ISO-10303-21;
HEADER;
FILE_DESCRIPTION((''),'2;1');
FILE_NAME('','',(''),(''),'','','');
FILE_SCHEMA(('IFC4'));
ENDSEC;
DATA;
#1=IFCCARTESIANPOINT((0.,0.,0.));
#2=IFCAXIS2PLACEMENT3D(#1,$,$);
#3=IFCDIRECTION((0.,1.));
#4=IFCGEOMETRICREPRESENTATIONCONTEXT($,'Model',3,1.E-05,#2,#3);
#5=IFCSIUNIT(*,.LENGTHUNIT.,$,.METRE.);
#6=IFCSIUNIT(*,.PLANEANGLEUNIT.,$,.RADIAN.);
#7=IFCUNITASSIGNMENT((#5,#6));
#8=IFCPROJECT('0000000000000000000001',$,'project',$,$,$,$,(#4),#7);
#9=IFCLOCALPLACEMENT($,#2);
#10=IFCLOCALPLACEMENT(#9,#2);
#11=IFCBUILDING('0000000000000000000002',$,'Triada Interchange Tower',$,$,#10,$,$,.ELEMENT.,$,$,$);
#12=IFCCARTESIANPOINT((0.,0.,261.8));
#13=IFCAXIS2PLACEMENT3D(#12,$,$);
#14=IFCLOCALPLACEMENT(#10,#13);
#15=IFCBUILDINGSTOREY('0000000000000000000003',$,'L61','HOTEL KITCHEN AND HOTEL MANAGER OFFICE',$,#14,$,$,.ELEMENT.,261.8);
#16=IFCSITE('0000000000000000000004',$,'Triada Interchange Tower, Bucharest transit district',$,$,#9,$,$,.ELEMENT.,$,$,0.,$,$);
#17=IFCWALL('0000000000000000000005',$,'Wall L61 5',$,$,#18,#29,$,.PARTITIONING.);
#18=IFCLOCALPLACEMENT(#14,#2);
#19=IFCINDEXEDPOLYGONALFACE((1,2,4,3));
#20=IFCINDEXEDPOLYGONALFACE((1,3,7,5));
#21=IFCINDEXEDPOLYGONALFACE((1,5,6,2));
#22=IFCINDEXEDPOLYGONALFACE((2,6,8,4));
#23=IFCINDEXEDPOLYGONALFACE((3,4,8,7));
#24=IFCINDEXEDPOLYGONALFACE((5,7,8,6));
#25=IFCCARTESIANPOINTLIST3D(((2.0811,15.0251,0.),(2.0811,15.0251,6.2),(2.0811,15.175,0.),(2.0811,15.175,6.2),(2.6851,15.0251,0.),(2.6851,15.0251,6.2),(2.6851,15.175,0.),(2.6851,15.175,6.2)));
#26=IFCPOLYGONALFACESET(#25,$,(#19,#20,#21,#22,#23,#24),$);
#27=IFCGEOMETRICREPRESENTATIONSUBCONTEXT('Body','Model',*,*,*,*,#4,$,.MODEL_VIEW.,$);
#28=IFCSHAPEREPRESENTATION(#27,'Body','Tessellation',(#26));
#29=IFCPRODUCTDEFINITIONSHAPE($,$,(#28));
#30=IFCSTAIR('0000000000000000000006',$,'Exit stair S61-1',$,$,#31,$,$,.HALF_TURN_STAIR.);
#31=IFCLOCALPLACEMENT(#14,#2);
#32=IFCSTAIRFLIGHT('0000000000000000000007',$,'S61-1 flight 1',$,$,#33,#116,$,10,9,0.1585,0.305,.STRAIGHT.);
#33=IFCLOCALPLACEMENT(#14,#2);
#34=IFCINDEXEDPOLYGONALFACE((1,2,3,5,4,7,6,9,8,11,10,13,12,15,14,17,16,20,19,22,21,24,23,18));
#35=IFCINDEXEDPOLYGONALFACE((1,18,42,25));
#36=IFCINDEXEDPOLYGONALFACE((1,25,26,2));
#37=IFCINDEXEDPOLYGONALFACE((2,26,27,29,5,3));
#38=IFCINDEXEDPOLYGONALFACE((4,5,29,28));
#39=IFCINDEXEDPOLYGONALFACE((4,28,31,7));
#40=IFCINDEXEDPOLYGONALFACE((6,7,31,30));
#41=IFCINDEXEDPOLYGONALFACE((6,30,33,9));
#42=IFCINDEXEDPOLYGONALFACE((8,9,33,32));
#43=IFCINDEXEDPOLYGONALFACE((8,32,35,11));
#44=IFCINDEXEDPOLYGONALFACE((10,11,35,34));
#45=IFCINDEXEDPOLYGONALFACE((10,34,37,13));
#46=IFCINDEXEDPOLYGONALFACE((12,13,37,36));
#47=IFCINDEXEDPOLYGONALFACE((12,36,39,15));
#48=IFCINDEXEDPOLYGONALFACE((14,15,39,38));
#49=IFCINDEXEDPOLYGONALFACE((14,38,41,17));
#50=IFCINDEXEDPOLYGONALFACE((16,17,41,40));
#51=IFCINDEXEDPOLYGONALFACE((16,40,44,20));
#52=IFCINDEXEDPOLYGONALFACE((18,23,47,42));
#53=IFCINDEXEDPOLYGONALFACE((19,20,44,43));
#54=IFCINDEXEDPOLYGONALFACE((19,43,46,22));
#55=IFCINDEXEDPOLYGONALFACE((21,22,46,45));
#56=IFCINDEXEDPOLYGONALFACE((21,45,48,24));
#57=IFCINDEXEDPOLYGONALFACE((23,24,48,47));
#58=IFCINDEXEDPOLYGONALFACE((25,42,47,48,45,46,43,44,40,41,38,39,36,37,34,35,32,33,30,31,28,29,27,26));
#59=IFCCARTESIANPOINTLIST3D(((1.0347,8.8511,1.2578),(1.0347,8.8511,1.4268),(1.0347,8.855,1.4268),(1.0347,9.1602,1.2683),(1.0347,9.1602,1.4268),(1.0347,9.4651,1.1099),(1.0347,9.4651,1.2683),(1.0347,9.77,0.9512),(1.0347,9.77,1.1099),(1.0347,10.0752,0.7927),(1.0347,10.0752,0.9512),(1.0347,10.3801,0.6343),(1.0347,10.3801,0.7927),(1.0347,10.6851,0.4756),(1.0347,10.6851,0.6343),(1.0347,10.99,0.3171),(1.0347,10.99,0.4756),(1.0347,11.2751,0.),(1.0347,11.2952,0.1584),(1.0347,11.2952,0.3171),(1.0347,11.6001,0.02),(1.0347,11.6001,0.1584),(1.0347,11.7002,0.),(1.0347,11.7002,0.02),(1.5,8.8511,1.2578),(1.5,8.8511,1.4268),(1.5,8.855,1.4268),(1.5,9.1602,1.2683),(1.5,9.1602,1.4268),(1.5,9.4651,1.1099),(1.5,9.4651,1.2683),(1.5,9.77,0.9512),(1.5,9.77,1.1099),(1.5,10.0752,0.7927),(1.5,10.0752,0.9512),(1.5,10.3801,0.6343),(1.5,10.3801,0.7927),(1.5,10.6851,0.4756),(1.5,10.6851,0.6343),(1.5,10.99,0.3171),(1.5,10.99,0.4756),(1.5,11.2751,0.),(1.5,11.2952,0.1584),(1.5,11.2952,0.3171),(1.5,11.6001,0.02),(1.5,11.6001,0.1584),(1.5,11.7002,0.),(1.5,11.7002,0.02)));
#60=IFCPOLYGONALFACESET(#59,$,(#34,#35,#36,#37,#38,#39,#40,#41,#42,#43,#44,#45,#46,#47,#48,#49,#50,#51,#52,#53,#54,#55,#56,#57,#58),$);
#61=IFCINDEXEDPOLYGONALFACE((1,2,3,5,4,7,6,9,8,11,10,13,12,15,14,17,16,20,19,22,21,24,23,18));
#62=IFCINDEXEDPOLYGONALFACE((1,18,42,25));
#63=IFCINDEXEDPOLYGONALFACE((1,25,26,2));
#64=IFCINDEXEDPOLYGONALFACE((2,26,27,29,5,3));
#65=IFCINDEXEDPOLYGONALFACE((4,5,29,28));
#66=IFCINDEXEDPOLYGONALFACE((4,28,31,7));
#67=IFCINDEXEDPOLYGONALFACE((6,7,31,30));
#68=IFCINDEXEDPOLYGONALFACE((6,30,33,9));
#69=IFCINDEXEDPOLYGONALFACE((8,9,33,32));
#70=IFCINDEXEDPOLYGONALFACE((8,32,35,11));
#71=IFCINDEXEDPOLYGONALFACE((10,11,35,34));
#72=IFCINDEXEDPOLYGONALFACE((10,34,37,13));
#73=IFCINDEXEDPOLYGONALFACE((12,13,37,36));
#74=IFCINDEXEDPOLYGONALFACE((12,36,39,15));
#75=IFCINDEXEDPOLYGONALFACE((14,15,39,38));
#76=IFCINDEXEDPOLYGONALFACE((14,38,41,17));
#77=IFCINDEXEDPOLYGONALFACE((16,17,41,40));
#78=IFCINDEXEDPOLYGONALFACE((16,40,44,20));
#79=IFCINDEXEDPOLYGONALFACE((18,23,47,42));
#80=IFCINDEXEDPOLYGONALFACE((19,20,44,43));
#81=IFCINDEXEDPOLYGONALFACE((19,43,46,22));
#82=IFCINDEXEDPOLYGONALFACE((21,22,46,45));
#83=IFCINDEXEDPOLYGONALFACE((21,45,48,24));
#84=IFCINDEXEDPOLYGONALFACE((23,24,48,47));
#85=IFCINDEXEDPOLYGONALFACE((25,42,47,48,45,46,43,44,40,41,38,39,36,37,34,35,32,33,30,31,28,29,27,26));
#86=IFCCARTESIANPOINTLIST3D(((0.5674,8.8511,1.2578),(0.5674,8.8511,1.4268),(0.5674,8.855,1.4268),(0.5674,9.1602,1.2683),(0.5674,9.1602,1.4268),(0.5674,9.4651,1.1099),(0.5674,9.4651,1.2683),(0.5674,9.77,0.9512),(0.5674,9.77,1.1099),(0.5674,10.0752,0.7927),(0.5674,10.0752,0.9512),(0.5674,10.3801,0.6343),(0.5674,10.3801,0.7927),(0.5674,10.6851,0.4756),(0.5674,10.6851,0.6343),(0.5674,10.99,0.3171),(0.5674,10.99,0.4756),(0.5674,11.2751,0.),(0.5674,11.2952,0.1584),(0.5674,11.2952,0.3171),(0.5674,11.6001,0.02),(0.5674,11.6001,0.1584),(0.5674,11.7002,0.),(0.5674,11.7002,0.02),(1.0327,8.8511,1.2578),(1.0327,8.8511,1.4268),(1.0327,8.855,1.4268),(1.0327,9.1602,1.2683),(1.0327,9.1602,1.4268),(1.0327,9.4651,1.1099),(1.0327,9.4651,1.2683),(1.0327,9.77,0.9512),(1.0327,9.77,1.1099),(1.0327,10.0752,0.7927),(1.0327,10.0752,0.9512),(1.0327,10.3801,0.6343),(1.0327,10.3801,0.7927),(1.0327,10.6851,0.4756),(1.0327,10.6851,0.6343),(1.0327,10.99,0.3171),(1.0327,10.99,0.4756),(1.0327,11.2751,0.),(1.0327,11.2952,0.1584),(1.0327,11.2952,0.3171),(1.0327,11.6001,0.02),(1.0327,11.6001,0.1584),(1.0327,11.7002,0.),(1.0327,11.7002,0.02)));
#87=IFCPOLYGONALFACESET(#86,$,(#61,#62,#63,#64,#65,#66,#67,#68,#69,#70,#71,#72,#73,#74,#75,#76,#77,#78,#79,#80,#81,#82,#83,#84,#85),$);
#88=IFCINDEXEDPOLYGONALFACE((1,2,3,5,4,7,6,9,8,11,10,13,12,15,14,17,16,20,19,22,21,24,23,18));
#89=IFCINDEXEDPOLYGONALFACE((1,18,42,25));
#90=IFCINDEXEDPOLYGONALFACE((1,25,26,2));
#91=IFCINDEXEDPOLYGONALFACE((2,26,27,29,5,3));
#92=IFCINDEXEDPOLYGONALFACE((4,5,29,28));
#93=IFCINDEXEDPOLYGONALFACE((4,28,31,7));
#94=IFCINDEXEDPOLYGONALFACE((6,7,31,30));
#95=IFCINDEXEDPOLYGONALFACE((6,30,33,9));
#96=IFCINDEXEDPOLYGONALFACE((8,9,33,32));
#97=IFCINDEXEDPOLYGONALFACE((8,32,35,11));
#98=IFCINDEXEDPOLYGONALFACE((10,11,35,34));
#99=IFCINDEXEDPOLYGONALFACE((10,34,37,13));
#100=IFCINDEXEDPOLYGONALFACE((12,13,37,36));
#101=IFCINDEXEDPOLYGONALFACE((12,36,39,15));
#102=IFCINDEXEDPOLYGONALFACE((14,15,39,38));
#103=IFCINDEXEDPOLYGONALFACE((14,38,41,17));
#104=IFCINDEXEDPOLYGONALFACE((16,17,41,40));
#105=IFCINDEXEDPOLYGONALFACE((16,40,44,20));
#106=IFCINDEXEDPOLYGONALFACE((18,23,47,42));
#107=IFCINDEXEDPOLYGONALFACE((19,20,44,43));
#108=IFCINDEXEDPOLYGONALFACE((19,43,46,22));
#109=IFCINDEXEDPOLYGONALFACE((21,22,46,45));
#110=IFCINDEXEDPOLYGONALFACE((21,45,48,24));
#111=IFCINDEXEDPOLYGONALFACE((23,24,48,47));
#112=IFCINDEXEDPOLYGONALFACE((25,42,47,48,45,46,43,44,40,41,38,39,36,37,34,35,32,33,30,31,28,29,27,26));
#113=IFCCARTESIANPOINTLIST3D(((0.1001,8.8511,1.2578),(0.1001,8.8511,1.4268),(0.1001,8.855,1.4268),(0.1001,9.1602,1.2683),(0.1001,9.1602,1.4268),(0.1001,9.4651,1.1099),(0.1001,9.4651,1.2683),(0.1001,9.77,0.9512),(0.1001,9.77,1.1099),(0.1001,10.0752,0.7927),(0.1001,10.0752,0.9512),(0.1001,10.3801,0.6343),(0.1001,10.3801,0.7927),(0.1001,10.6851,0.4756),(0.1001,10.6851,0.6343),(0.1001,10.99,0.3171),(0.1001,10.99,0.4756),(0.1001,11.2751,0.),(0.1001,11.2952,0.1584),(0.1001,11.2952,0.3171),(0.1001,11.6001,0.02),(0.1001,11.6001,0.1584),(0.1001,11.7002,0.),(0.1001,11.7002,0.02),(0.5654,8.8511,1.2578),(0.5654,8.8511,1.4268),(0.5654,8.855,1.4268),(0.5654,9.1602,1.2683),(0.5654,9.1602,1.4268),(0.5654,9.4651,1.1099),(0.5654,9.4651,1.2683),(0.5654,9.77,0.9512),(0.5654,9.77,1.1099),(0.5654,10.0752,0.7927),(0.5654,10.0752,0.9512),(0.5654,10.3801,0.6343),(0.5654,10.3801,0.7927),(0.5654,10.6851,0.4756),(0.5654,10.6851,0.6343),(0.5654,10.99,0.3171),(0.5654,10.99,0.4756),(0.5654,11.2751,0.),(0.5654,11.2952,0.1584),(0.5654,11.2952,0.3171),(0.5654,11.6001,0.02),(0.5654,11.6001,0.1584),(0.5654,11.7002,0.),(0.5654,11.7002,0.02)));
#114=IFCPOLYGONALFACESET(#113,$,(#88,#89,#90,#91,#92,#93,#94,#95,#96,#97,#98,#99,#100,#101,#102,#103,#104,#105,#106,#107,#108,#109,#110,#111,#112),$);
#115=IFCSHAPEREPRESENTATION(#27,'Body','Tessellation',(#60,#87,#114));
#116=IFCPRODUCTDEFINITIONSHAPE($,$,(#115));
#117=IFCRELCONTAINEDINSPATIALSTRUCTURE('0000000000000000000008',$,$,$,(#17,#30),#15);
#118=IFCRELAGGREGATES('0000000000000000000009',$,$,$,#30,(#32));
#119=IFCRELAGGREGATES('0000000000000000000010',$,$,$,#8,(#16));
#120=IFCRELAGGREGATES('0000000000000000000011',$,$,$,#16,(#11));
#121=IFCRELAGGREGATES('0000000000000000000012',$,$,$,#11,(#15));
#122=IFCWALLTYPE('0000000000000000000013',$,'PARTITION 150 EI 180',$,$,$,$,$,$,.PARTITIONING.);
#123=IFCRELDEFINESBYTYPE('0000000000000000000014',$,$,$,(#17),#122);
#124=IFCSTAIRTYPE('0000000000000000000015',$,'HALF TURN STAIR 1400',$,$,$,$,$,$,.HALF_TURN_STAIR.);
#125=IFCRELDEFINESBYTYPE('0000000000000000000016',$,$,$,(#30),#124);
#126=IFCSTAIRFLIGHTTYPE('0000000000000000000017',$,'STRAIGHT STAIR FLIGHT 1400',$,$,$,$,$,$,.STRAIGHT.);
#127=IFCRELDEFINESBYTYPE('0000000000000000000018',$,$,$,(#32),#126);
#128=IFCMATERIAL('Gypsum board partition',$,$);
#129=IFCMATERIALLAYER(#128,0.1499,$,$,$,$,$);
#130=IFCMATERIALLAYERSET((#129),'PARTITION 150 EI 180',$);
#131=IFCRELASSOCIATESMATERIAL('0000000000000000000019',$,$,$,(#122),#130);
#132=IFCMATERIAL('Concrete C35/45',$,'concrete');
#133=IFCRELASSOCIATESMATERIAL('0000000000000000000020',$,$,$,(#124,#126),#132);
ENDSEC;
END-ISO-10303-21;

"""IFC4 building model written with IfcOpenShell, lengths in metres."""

from ifc_helpers import new_model, si_unit, direction, frame, frame_2d, origin, place, context, subcontext, project, spatial, polyline, rectangle, outline, extrude, material, layer, layer_set, type_object, element, aggregate, save


model = new_model("IFC4")

# Units and contexts
model_context = context("Model", 3, precision=1e-05, world=origin(), true_north=direction((0.0, 1.0)))
body_context = subcontext(model_context, "Body", "Model", "MODEL_VIEW")
ifc_project = project(units=[si_unit("LENGTHUNIT", "METRE"), si_unit("PLANEANGLEUNIT", "RADIAN")], contexts=[model_context])

# Site, building, storey
site_placement = place(None, origin())
site = spatial("IfcSite", under=ifc_project, at=site_placement, Name="Triada Interchange Tower, Bucharest transit district", CompositionType="ELEMENT", RefElevation=0.0)
building_placement = place(site_placement, origin())
building = spatial("IfcBuilding", under=site, at=building_placement, Name="Triada Interchange Tower", CompositionType="ELEMENT")
storey_placement = place(building_placement, frame((0.0, 0.0, 261.8)))
storey = spatial("IfcBuildingStorey", under=building, at=storey_placement, Name="L61", Description="HOTEL KITCHEN AND HOTEL MANAGER OFFICE", CompositionType="ELEMENT", Elevation=261.8)

# Shared definitions
ifc_material_1 = material(Name="Concrete C35/45", Category="concrete")

# Shared definitions
ifc_material_2 = material(Name="Gypsum board partition")
ifc_layer_1 = layer(ifc_material_2, 0.1499)
ifc_layer_set_1 = layer_set([ifc_layer_1], Name="PARTITION 150 EI 180")
wall_type_1 = type_object("IfcWallType", Name="PARTITION 150 EI 180", PredefinedType="PARTITIONING", material=ifc_layer_set_1)

# Wall
wall_1_placement = place(storey_placement, frame((2.0811, 15.1001, 0.0), z_axis=(0.0, 0.0, 1.0), x_axis=(1.0, 0.0, 0.0)))
element("IfcWall", 1, at=wall_1_placement, inside=storey, type_object=wall_type_1, Name="Wall L61 5", PredefinedType="PARTITIONING", context=body_context, shape_type="SweptSolid", body=[
    extrude(rectangle(XDim=0.604, YDim=0.1499, at=frame_2d((0.302, 0.0))), origin(), (0.0, 0.0, 1.0), 6.2),
])

# Stair, stair flight
stair_type = type_object("IfcStairType", Name="HALF TURN STAIR 1400", PredefinedType="HALF_TURN_STAIR", material=ifc_material_1)
stair_placement = place(storey_placement, origin())
stair = element("IfcStair", 2, at=stair_placement, inside=storey, type_object=stair_type, Name="Exit stair S61-1", PredefinedType="HALF_TURN_STAIR")
stair_flight_type = type_object("IfcStairFlightType", Name="STRAIGHT STAIR FLIGHT 1400", PredefinedType="STRAIGHT", material=ifc_material_1)
stair_flight_1_placement = place(storey_placement, frame((0.8, 11.6001, 0.0), z_axis=(0.0, 0.0, 1.0), x_axis=(0.0, -1.0, 0.0)))
stair_flight_1 = element("IfcStairFlight", 3, at=stair_flight_1_placement, type_object=stair_flight_type, Name="S61-1 flight 1", NumberOfRisers=10, NumberOfTreads=9, PredefinedType="STRAIGHT", RiserHeight=0.1585, TreadLength=0.305, context=body_context, shape_type="SweptSolid", body=[
    extrude(outline(polyline([(-0.1001, 0.0), (-0.1001, 0.02), (0.0, 0.02), (0.0, 0.1584), (0.3049, 0.1584), (0.3049, 0.3171), (0.6101, 0.3171), (0.6101, 0.4756), (0.915, 0.4756), (0.915, 0.6343), (1.22, 0.6343), (1.22, 0.7927), (1.5249, 0.7927), (1.5249, 0.9512), (1.8301, 0.9512), (1.8301, 1.1099), (2.135, 1.1099), (2.135, 1.2683), (2.4399, 1.2683), (2.4399, 1.4268), (2.7451, 1.4268), (2.749, 1.4268), (2.749, 1.5854), (2.749, 1.2578), (0.325, 0.0), (-0.1001, 0.0)])), frame((0.0, 0.7, 0.0), z_axis=(0.0, -1.0, 0.0), x_axis=(1.0, 0.0, 0.0)), (0.0, 0.0, 1.0), 0.4653),
    extrude(outline(polyline([(-0.1001, 0.0), (-0.1001, 0.02), (0.0, 0.02), (0.0, 0.1584), (0.3049, 0.1584), (0.3049, 0.3171), (0.6101, 0.3171), (0.6101, 0.4756), (0.915, 0.4756), (0.915, 0.6343), (1.22, 0.6343), (1.22, 0.7927), (1.5249, 0.7927), (1.5249, 0.9512), (1.8301, 0.9512), (1.8301, 1.1099), (2.135, 1.1099), (2.135, 1.2683), (2.4399, 1.2683), (2.4399, 1.4268), (2.7451, 1.4268), (2.749, 1.4268), (2.749, 1.5854), (2.749, 1.2578), (0.325, 0.0), (-0.1001, 0.0)])), frame((0.0, 0.2327, 0.0), z_axis=(0.0, -1.0, 0.0), x_axis=(1.0, 0.0, 0.0)), (0.0, 0.0, 1.0), 0.4653),
    extrude(outline(polyline([(-0.1001, 0.0), (-0.1001, 0.02), (0.0, 0.02), (0.0, 0.1584), (0.3049, 0.1584), (0.3049, 0.3171), (0.6101, 0.3171), (0.6101, 0.4756), (0.915, 0.4756), (0.915, 0.6343), (1.22, 0.6343), (1.22, 0.7927), (1.5249, 0.7927), (1.5249, 0.9512), (1.8301, 0.9512), (1.8301, 1.1099), (2.135, 1.1099), (2.135, 1.2683), (2.4399, 1.2683), (2.4399, 1.4268), (2.7451, 1.4268), (2.749, 1.4268), (2.749, 1.5854), (2.749, 1.2578), (0.325, 0.0), (-0.1001, 0.0)])), frame((0.0, -0.2346, 0.0), z_axis=(0.0, -1.0, 0.0), x_axis=(1.0, 0.0, 0.0)), (0.0, 0.0, 1.0), 0.4653),
])

aggregate(stair, [stair_flight_1])

save(model, "model.ifc")
